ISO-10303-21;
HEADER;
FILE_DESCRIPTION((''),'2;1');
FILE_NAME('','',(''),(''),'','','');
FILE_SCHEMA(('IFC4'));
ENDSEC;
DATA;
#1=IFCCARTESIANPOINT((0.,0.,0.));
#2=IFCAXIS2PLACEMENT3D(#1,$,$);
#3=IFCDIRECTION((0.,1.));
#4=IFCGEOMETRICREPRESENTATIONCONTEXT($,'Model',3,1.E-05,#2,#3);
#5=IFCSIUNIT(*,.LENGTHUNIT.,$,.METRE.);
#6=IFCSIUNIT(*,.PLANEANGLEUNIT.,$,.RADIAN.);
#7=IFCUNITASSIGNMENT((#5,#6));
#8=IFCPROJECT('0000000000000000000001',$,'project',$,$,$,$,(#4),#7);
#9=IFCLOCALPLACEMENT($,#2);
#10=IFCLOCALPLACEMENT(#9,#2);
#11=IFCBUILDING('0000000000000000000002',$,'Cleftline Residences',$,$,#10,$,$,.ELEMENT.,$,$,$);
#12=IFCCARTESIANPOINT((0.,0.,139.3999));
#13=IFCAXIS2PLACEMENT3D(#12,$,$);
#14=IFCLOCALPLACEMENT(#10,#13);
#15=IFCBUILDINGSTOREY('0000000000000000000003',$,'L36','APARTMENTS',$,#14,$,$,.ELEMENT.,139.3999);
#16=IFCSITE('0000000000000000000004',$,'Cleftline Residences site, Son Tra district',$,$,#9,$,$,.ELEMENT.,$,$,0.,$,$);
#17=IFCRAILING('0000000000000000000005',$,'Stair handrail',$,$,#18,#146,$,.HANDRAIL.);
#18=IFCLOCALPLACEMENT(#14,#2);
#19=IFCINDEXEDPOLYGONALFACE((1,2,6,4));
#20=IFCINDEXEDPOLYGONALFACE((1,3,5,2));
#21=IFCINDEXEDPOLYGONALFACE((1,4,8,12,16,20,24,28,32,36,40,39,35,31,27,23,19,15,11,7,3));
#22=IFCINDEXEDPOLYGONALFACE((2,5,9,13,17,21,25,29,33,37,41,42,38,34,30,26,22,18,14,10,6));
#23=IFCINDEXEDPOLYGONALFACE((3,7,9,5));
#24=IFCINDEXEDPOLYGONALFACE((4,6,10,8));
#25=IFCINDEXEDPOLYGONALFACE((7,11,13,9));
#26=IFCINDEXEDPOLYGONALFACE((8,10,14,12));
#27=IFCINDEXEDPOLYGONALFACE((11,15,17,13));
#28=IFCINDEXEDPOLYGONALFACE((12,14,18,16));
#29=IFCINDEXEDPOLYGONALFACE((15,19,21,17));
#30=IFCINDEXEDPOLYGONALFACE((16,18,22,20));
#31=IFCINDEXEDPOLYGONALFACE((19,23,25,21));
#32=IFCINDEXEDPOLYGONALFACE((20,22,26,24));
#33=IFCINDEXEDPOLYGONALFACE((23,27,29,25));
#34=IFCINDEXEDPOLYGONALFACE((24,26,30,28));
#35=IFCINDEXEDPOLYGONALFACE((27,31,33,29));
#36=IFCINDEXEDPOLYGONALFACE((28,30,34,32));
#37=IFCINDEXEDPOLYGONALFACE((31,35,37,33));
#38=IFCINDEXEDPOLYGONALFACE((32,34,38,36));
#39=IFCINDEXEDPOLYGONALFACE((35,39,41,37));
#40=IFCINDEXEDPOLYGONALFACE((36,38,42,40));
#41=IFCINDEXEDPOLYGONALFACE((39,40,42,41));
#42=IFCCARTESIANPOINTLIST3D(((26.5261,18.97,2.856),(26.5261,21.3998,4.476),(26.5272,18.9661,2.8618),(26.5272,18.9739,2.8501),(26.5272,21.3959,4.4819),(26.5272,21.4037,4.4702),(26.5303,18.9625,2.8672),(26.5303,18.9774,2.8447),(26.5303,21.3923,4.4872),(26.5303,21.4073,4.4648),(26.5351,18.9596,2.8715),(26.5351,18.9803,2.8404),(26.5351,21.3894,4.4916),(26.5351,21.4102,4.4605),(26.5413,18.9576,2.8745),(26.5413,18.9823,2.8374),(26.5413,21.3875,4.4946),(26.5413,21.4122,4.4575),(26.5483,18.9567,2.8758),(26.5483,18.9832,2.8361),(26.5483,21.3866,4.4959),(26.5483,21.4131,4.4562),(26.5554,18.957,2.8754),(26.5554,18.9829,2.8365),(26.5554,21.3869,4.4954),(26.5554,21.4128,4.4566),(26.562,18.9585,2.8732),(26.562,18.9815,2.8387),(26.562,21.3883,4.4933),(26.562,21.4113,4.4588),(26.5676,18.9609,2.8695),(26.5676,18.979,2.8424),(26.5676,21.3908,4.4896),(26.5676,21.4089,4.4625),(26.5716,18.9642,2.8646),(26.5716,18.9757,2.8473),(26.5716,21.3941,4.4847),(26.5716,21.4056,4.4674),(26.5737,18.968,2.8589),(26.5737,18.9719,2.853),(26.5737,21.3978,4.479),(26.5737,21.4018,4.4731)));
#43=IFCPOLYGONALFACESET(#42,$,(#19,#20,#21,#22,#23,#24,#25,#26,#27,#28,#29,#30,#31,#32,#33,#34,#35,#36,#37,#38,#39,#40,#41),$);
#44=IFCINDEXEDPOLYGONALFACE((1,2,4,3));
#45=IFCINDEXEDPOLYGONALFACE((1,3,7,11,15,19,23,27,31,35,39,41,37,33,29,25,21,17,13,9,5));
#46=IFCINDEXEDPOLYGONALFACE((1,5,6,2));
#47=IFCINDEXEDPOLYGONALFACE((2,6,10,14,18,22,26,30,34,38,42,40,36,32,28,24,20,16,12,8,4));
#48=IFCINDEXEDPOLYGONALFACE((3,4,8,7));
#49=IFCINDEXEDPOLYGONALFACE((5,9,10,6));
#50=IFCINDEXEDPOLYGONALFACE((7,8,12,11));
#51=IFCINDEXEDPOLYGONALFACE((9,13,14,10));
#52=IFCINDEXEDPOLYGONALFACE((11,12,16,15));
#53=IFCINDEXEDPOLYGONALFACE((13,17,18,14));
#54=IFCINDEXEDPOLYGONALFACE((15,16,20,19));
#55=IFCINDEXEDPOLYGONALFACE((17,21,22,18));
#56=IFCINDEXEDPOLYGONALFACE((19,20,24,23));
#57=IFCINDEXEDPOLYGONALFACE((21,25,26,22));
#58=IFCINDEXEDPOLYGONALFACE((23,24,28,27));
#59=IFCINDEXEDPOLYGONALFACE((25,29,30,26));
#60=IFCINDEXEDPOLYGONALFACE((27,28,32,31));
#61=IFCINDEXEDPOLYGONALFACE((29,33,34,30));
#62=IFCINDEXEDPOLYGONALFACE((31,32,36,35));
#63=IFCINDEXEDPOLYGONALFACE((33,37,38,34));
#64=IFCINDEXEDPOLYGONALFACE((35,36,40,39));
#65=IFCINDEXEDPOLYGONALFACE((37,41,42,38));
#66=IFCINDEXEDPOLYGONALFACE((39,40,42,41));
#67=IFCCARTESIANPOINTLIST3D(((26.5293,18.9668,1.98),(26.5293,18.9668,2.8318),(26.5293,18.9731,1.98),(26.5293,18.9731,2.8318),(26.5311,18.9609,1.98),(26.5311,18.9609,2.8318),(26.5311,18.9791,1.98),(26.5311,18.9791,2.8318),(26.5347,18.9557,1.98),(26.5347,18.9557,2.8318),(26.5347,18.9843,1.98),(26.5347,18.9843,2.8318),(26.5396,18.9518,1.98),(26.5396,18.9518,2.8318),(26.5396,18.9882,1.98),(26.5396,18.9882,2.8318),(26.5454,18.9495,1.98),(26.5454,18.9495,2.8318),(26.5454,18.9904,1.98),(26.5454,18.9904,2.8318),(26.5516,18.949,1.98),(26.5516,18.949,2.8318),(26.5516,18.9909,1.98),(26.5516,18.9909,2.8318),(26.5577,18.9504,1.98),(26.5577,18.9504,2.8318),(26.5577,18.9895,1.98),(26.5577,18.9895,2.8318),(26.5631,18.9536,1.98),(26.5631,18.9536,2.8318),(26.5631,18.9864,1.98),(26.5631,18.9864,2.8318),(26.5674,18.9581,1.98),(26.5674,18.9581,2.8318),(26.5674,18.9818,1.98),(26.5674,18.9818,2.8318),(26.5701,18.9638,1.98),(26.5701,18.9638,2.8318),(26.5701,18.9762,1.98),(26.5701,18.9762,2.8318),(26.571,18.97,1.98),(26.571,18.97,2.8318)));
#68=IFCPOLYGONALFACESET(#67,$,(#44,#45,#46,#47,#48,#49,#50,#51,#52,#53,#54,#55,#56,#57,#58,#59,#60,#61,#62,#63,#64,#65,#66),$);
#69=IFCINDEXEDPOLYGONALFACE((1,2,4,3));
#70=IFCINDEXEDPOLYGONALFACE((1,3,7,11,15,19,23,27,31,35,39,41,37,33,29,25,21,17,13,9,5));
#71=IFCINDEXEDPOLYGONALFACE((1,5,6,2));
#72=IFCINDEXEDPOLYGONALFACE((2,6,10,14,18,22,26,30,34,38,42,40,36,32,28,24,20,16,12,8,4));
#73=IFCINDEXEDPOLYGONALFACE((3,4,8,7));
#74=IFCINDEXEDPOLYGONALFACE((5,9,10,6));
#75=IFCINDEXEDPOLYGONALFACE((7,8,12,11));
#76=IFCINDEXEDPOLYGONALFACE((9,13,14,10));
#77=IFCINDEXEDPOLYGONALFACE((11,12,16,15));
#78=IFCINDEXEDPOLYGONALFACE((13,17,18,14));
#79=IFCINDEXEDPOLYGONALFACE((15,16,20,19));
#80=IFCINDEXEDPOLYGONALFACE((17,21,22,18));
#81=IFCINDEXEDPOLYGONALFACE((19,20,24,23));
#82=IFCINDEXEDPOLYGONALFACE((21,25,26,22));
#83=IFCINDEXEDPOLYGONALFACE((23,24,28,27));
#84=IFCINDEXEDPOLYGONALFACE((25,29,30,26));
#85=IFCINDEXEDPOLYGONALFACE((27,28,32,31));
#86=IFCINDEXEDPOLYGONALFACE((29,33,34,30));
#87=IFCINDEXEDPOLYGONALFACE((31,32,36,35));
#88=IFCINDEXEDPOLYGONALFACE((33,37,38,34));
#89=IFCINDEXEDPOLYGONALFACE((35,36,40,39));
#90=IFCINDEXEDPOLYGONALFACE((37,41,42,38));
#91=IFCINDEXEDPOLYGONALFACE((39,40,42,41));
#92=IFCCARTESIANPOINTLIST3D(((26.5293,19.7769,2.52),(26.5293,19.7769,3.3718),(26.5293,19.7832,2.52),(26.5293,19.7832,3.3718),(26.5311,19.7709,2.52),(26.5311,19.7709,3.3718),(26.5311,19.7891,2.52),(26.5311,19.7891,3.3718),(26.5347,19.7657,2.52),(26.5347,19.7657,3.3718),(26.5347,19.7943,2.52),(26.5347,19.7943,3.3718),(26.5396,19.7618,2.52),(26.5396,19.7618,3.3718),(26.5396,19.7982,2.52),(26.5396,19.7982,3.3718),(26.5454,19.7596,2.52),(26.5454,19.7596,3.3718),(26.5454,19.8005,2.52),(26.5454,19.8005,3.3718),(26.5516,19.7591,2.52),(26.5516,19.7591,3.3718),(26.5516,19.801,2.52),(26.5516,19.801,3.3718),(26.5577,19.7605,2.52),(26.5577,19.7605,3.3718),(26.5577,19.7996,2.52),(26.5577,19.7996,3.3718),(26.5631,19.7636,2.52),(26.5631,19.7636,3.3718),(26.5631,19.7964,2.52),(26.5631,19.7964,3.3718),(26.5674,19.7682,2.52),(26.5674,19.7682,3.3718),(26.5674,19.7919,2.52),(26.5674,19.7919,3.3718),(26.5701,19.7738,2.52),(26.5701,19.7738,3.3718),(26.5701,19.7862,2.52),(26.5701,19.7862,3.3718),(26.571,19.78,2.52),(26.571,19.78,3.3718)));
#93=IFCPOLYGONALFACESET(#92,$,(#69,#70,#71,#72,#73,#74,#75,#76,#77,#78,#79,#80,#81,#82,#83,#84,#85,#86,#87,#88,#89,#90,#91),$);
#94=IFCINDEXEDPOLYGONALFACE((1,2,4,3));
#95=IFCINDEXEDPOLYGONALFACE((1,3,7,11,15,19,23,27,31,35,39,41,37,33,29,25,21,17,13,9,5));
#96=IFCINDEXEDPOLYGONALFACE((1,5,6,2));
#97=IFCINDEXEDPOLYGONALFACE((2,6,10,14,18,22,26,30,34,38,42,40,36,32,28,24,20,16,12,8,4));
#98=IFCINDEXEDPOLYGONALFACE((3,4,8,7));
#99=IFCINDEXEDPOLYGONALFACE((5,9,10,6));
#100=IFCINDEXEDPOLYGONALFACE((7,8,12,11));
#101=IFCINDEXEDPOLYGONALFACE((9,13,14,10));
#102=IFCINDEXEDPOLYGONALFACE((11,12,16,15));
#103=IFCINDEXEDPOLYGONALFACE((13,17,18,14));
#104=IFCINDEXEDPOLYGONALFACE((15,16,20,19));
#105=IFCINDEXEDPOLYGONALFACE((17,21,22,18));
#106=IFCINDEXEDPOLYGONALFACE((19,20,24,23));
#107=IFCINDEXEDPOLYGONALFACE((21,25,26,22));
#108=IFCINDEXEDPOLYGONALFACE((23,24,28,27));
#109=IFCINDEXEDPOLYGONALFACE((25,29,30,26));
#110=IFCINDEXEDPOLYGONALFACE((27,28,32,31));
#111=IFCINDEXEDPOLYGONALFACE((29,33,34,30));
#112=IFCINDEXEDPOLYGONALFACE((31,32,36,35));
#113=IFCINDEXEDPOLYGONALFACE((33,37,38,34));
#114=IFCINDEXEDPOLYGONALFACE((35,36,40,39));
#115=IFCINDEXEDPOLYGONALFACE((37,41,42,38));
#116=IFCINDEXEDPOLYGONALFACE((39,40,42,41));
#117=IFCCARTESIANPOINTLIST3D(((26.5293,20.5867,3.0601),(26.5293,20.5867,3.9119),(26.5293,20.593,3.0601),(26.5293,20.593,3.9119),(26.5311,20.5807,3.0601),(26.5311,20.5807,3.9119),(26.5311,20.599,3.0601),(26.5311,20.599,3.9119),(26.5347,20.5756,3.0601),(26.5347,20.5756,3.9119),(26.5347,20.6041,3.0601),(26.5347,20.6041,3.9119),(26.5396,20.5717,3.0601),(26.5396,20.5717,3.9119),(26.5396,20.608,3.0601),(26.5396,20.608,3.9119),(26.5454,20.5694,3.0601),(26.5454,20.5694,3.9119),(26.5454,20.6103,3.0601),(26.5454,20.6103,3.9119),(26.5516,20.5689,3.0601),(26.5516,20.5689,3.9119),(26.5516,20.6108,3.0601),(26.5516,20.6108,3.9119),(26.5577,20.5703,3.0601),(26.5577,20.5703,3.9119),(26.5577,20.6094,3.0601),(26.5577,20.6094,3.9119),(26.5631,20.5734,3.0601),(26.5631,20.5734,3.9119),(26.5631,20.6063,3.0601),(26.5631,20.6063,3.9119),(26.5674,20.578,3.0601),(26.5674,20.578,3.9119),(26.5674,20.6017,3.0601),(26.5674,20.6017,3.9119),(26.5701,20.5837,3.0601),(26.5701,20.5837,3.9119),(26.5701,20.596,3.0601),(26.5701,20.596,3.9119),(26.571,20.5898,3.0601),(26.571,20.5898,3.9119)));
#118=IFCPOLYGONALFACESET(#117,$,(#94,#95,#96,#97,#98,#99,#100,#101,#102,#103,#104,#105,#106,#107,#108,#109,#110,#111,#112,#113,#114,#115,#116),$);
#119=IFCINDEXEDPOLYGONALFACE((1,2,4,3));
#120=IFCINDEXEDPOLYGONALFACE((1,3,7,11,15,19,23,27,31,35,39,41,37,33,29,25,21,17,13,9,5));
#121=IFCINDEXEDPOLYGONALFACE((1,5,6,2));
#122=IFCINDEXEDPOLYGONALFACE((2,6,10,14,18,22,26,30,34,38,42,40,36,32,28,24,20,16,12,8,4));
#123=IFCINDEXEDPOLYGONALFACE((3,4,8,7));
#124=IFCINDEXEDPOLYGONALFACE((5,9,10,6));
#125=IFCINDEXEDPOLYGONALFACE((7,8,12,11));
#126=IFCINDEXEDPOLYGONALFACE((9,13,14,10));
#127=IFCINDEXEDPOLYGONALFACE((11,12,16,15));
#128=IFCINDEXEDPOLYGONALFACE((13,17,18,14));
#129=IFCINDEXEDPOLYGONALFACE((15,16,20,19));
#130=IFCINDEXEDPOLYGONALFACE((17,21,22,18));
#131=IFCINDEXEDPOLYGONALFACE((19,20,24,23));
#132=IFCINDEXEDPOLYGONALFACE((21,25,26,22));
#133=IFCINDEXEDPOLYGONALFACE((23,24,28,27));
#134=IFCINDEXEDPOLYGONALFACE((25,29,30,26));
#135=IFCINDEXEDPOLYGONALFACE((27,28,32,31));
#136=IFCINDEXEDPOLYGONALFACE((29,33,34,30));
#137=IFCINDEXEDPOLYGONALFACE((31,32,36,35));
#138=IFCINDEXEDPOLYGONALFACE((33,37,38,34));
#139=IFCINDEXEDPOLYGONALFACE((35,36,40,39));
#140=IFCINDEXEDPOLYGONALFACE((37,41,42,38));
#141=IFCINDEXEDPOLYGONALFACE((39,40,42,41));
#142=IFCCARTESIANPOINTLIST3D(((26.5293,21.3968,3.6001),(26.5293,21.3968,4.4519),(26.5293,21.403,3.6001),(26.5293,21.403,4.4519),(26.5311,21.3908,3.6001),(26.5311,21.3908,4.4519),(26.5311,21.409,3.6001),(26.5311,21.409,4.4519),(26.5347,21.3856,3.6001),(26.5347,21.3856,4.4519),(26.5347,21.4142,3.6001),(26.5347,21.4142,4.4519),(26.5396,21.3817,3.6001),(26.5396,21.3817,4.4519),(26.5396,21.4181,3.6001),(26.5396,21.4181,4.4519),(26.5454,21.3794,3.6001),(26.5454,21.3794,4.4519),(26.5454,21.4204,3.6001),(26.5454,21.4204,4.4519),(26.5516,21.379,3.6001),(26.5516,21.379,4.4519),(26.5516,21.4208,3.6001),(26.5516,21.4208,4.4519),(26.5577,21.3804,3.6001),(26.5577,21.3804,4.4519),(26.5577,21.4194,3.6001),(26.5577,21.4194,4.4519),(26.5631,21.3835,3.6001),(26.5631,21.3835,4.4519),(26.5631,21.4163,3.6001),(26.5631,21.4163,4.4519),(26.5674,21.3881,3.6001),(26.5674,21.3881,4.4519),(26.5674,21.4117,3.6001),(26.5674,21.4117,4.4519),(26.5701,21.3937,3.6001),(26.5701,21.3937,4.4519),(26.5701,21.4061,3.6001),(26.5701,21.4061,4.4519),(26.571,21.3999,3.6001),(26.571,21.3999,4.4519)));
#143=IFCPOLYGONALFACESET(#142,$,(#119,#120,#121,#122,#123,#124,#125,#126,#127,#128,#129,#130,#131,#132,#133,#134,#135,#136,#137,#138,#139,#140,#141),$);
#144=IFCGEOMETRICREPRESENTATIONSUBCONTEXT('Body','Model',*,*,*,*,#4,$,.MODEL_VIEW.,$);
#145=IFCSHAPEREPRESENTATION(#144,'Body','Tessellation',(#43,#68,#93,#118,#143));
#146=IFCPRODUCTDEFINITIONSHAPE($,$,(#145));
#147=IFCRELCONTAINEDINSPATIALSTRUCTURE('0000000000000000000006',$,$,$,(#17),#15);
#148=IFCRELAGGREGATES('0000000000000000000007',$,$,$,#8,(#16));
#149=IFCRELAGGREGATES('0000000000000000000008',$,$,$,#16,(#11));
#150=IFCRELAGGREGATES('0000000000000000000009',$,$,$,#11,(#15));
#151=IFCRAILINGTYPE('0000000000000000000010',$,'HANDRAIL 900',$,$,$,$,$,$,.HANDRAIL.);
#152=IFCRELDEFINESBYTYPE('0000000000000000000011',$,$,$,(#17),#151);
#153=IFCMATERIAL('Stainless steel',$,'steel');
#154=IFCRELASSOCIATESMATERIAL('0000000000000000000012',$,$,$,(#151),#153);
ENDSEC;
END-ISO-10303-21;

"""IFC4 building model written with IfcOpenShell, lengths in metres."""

from ifc_helpers import new_model, si_unit, direction, frame, origin, origin_2d, place, context, subcontext, project, spatial, circle, extrude, material, type_object, element, save


model = new_model("IFC4")

# Units and contexts
model_context = context("Model", 3, precision=1e-05, world=origin(), true_north=direction((0.0, 1.0)))
body_context = subcontext(model_context, "Body", "Model", "MODEL_VIEW")
ifc_project = project(units=[si_unit("LENGTHUNIT", "METRE"), si_unit("PLANEANGLEUNIT", "RADIAN")], contexts=[model_context])

# Site, building, storey
site_placement = place(None, origin())
site = spatial("IfcSite", under=ifc_project, at=site_placement, Name="Cleftline Residences site, Son Tra district", CompositionType="ELEMENT", RefElevation=0.0)
building_placement = place(site_placement, origin())
building = spatial("IfcBuilding", under=site, at=building_placement, Name="Cleftline Residences", CompositionType="ELEMENT")
storey_placement = place(building_placement, frame((0.0, 0.0, 139.3999)))
storey = spatial("IfcBuildingStorey", under=building, at=storey_placement, Name="L36", Description="APARTMENTS", CompositionType="ELEMENT", Elevation=139.3999)

# Railing
ifc_material_1 = material(Name="Stainless steel", Category="steel")
railing_type = type_object("IfcRailingType", Name="HANDRAIL 900", PredefinedType="HANDRAIL", material=ifc_material_1)
railing_1_placement = place(storey_placement, frame((26.55, 18.97, 1.98)))
element("IfcRailing", 1, at=railing_1_placement, inside=storey, type_object=railing_type, Name="Stair handrail", PredefinedType="HANDRAIL", context=body_context, shape_type="SweptSolid", body=[
    extrude(circle(Radius=0.0239, at=origin_2d()), frame((0.0, 0.0, 0.876), z_axis=(0.0, 0.832025, 0.554739), x_axis=(-1.0, 0.0, 0.0)), (0.0, 0.0, 1.0), 2.9204),
    extrude(circle(Radius=0.021, at=origin_2d()), origin(), (0.0, 0.0, 1.0), 0.8518),
    extrude(circle(Radius=0.021, at=origin_2d()), frame((0.0, 0.8101, 0.54)), (0.0, 0.0, 1.0), 0.8518),
    extrude(circle(Radius=0.021, at=origin_2d()), frame((0.0, 1.6199, 1.0801)), (0.0, 0.0, 1.0), 0.8518),
    extrude(circle(Radius=0.021, at=origin_2d()), frame((0.0, 2.4299, 1.6201)), (0.0, 0.0, 1.0), 0.8518),
])

save(model, "model.ifc")
